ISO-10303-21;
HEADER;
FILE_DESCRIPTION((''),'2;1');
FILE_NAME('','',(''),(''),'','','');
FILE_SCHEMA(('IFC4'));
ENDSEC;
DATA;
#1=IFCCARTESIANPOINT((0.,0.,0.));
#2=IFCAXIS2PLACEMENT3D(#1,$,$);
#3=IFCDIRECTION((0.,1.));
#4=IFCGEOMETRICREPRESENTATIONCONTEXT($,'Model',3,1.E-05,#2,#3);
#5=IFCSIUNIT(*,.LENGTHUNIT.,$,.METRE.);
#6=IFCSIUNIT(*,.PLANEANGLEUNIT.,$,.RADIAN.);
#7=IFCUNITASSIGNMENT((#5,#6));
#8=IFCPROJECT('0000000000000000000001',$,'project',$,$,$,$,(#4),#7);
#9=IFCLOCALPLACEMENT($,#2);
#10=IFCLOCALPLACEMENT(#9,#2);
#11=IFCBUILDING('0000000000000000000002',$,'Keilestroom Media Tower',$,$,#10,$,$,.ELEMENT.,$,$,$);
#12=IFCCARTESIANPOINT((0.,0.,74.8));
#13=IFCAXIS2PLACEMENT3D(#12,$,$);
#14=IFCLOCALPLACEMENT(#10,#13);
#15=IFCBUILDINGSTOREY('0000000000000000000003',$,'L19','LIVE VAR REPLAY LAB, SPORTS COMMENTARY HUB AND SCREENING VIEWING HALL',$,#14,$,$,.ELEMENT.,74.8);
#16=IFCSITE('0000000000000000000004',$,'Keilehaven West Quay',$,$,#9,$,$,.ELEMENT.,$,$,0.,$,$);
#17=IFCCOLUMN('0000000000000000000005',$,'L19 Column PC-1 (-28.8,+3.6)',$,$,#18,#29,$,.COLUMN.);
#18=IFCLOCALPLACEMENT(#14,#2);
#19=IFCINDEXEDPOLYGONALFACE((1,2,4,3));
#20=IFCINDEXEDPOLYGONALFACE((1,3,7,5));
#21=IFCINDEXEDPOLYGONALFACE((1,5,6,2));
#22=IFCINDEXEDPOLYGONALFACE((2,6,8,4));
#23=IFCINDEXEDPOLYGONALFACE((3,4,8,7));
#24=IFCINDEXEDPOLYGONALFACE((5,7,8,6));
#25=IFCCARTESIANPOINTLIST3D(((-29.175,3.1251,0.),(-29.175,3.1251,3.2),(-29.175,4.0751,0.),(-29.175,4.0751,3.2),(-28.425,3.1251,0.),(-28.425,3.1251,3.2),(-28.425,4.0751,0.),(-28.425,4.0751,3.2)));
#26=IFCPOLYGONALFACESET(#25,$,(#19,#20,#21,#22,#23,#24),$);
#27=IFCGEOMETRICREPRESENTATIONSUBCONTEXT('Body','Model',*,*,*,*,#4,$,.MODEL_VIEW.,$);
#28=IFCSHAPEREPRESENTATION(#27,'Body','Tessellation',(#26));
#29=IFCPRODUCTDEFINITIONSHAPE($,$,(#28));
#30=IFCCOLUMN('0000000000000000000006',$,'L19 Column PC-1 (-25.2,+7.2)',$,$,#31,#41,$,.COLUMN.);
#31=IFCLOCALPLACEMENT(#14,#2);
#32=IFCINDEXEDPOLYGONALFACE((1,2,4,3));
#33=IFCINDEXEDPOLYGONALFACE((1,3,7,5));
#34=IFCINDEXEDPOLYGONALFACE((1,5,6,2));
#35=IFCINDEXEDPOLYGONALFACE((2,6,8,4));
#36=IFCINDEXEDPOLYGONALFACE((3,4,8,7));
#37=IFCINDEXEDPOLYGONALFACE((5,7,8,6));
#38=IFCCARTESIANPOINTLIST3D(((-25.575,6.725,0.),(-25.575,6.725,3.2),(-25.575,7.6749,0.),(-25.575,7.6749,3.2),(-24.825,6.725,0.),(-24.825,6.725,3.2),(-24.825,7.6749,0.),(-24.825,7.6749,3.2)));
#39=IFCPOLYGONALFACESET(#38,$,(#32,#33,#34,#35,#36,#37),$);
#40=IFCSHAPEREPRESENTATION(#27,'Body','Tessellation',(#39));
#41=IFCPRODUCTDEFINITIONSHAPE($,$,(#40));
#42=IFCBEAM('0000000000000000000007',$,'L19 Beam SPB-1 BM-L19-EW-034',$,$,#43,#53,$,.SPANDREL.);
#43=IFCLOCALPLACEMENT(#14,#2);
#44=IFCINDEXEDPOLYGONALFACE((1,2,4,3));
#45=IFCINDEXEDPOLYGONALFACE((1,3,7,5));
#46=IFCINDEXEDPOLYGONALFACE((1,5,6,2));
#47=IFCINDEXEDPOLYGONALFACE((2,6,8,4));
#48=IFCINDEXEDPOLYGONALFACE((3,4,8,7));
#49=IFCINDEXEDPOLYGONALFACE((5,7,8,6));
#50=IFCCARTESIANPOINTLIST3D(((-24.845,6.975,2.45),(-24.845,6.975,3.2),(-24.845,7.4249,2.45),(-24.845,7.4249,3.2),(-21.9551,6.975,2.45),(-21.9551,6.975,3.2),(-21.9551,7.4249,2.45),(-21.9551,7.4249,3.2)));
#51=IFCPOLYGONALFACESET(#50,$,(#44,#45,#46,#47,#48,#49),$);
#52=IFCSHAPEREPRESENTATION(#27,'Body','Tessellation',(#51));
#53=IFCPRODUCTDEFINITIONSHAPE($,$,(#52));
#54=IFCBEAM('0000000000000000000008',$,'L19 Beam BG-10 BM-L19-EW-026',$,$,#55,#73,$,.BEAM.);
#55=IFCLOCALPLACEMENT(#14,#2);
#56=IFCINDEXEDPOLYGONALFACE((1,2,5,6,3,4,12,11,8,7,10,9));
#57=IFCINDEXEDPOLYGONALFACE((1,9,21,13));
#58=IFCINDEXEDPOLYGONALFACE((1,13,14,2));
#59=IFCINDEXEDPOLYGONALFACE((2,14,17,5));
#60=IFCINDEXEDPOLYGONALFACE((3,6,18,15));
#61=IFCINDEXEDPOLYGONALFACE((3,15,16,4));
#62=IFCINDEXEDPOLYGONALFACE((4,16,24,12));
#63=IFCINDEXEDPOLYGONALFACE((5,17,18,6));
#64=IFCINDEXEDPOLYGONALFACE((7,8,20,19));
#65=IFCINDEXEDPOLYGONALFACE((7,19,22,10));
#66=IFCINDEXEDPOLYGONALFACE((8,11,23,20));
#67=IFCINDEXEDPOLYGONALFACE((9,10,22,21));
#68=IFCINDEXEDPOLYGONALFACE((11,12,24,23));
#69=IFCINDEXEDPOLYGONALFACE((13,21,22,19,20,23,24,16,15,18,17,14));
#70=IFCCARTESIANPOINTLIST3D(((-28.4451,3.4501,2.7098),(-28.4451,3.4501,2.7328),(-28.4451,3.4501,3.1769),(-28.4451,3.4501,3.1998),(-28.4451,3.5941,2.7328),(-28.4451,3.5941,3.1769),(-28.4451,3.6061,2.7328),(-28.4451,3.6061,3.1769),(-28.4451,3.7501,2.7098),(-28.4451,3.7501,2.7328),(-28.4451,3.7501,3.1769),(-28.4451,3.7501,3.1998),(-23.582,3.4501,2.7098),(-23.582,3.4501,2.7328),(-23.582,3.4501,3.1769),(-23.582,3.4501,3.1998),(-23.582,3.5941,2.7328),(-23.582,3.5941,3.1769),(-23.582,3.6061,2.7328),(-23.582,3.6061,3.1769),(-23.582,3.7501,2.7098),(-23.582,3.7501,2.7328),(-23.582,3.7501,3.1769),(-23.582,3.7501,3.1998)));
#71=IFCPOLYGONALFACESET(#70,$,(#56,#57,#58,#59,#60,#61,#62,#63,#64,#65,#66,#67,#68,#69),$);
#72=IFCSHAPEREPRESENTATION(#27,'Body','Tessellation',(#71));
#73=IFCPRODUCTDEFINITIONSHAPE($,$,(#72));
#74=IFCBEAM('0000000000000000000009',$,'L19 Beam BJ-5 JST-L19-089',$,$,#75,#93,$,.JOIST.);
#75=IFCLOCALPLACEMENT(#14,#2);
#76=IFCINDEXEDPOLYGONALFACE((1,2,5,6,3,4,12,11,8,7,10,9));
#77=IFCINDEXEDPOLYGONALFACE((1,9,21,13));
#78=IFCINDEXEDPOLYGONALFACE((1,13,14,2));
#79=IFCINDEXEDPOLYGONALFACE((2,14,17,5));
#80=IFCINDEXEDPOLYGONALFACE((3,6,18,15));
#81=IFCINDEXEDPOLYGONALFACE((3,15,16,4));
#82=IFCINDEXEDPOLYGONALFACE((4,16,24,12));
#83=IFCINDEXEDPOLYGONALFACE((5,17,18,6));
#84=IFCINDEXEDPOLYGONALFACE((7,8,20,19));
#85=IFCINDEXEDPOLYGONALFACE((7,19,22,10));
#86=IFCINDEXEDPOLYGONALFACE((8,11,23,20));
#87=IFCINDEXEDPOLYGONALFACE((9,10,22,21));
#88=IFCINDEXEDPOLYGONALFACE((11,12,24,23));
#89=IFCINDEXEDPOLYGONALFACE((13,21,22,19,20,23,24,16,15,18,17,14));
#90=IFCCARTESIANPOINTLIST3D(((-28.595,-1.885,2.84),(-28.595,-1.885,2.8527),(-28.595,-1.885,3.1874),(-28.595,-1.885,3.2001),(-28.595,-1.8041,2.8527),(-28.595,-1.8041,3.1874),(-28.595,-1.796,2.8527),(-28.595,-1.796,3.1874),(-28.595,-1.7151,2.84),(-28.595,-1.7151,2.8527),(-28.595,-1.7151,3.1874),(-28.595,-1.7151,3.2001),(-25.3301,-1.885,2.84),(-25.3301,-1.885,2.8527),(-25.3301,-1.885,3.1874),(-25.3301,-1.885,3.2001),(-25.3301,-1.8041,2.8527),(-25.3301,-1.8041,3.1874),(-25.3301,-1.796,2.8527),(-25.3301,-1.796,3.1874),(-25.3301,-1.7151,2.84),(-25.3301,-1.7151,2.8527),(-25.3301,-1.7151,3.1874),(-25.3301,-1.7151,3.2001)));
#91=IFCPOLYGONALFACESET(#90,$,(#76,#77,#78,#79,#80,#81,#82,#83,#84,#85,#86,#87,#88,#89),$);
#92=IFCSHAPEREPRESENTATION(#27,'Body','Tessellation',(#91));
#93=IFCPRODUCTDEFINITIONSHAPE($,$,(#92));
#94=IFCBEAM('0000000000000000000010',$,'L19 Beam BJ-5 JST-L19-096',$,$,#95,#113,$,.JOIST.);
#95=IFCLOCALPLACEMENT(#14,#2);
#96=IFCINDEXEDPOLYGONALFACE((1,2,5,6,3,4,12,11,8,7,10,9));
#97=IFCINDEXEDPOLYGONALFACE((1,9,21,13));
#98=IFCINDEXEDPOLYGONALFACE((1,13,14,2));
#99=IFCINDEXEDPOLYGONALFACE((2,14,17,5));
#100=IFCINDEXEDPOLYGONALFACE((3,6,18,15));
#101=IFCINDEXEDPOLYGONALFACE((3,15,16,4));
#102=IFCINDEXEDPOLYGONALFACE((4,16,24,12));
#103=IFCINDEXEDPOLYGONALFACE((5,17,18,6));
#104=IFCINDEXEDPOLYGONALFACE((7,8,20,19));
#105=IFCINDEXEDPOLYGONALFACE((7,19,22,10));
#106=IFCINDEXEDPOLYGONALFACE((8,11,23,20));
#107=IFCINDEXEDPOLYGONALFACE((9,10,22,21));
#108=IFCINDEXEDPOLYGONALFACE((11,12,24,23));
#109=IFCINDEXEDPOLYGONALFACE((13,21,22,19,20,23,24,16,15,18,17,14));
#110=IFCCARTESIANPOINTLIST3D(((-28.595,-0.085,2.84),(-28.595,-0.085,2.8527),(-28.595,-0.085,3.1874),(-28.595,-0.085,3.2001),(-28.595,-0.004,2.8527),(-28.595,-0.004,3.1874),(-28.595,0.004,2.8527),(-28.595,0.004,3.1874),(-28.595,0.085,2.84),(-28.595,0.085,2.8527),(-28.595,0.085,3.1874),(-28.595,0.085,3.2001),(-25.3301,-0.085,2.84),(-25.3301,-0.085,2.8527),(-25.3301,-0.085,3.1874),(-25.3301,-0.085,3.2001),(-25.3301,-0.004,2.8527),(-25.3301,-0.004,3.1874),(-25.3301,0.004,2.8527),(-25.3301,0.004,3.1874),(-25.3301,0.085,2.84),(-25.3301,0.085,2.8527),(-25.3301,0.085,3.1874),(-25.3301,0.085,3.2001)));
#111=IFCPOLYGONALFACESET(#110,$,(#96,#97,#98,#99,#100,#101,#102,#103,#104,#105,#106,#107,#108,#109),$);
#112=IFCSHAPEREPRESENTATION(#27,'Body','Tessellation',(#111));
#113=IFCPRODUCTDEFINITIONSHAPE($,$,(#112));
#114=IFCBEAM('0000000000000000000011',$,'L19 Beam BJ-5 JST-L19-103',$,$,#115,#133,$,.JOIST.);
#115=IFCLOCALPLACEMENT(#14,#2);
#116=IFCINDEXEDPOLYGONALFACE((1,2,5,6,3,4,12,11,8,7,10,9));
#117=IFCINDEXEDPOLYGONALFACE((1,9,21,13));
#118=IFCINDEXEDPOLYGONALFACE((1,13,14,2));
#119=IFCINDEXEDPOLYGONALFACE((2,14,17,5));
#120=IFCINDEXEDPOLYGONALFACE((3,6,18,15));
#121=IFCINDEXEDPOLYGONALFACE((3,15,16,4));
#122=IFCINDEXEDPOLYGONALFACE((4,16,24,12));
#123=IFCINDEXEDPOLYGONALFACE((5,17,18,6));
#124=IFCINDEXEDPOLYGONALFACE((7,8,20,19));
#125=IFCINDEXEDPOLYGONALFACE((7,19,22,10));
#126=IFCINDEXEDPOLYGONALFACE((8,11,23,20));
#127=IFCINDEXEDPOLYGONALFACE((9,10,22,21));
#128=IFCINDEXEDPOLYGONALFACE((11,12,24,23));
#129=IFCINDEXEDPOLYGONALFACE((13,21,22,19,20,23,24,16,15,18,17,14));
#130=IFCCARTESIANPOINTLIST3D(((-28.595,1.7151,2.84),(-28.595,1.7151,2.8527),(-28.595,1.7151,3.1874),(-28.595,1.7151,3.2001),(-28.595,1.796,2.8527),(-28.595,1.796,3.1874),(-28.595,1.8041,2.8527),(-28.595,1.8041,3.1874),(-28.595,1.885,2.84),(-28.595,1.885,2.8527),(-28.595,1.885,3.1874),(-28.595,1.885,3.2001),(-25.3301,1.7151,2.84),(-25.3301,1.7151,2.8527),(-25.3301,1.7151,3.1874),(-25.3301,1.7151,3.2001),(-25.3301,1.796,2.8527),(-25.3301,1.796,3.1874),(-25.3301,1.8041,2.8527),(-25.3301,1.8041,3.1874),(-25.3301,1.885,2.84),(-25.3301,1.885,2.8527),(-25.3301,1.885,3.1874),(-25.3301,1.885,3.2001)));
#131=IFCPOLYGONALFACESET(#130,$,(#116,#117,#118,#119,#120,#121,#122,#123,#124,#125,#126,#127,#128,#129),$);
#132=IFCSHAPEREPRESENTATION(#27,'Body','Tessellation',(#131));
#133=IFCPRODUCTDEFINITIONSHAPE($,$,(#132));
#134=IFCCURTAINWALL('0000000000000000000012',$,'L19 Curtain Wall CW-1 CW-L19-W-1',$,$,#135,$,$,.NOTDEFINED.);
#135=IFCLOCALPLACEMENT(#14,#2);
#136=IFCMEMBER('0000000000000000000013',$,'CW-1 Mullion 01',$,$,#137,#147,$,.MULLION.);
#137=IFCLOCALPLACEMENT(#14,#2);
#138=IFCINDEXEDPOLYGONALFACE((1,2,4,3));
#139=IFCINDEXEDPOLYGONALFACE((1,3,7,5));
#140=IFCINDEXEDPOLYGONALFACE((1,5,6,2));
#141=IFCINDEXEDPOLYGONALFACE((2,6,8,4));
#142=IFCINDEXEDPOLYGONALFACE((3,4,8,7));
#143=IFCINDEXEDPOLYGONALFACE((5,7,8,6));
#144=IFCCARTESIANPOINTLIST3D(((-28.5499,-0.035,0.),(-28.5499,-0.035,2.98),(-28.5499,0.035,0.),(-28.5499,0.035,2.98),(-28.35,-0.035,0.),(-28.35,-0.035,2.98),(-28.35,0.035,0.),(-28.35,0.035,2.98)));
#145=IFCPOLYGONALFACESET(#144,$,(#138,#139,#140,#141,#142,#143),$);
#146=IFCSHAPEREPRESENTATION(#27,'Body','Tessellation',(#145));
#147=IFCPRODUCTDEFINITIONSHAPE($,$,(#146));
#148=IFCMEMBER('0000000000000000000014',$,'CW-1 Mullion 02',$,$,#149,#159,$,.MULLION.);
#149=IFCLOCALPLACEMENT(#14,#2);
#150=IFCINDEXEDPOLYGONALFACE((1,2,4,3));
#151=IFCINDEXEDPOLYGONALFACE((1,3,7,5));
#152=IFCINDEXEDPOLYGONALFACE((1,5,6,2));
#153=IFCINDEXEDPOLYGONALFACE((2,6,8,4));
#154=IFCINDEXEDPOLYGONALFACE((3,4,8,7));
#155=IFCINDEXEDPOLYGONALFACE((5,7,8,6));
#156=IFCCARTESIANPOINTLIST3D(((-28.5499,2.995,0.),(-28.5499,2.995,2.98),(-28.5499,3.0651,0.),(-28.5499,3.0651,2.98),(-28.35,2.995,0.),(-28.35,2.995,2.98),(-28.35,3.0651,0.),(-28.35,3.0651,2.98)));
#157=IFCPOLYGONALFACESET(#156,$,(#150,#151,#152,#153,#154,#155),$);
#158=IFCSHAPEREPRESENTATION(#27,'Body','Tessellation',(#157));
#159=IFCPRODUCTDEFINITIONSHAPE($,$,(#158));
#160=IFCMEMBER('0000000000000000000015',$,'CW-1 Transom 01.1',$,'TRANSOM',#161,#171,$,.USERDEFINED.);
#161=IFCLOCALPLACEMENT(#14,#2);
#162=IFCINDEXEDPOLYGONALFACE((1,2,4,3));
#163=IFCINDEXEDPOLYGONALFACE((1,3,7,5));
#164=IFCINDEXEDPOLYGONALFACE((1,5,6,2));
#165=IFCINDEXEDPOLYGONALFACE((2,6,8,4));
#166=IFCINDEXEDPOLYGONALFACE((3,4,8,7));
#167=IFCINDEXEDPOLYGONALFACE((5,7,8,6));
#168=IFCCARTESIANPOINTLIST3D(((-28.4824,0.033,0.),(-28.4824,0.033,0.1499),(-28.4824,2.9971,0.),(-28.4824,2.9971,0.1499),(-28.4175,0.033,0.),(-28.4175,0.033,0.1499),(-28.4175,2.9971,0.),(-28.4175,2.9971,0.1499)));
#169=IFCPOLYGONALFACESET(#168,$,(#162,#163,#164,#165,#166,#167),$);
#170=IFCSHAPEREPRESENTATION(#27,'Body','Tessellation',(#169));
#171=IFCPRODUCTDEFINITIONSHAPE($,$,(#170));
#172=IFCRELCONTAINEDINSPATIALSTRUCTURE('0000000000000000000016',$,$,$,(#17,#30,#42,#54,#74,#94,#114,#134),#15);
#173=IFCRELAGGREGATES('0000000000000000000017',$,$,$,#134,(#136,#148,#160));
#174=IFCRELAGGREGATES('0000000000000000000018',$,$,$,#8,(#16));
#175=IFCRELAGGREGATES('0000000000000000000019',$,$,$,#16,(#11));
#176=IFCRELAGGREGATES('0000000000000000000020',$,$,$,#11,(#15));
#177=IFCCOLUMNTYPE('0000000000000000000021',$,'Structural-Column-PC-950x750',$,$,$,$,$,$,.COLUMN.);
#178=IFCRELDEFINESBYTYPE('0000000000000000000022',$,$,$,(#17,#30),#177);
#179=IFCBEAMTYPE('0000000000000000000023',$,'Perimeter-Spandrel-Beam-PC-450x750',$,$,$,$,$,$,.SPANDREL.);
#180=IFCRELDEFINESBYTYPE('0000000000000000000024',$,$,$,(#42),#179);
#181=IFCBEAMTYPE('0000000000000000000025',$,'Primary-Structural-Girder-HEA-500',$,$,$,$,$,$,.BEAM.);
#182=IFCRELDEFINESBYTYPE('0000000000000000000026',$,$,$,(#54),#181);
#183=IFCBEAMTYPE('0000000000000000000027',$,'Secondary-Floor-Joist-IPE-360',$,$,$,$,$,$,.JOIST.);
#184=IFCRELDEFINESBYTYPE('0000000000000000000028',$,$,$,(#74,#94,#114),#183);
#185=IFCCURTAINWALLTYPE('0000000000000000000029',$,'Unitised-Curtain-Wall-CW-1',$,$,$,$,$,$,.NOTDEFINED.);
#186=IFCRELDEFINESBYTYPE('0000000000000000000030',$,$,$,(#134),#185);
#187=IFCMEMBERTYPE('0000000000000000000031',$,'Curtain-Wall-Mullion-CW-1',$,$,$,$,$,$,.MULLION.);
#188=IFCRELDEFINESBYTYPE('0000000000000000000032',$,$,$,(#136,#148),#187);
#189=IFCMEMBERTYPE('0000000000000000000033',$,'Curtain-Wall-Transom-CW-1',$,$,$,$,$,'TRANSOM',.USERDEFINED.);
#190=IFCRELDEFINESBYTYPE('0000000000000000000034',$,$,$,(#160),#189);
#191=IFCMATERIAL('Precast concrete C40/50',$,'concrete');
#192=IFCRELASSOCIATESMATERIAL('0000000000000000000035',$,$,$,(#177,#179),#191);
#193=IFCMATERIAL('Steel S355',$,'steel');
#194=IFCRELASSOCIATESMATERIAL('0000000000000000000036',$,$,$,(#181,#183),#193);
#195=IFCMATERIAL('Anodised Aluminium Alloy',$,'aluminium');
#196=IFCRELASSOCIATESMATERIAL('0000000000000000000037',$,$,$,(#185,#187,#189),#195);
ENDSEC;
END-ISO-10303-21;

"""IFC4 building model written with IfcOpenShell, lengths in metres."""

from ifc_helpers import new_model, si_unit, direction, frame, origin, origin_2d, place, context, subcontext, project, spatial, rectangle, i_section, extrude, source, transform, mapped, material, material_profile, profile_set, type_object, element, aggregate, save


model = new_model("IFC4")

# Units and contexts
model_context = context("Model", 3, precision=1e-05, world=origin(), true_north=direction((0.0, 1.0)))
body_context = subcontext(model_context, "Body", "Model", "MODEL_VIEW")
ifc_project = project(units=[si_unit("LENGTHUNIT", "METRE"), si_unit("PLANEANGLEUNIT", "RADIAN")], contexts=[model_context])

# Site, building, storey
site_placement = place(None, origin())
site = spatial("IfcSite", under=ifc_project, at=site_placement, Name="Keilehaven West Quay", CompositionType="ELEMENT", RefElevation=0.0)
building_placement = place(site_placement, origin())
building = spatial("IfcBuilding", under=site, at=building_placement, Name="Keilestroom Media Tower", CompositionType="ELEMENT")
storey_placement = place(building_placement, frame((0.0, 0.0, 74.8)))
storey = spatial("IfcBuildingStorey", under=building, at=storey_placement, Name="L19", Description="LIVE VAR REPLAY LAB, SPORTS COMMENTARY HUB AND SCREENING VIEWING HALL", CompositionType="ELEMENT", Elevation=74.8)

# Columns
ifc_material_1 = material(Name="Precast concrete C40/50", Category="concrete")
ifc_material_profile_1 = material_profile(ifc_material_1, rectangle(XDim=0.75, YDim=0.95, at=origin_2d()), Name="PC 950x750")
ifc_profile_set_1 = profile_set([ifc_material_profile_1], Name="Precast concrete C40/50")
column_type = type_object("IfcColumnType", Name="Structural-Column-PC-950x750", PredefinedType="COLUMN", material=ifc_profile_set_1)
shared_shape_1 = source(origin(), body_context, "Body", "SweptSolid", [
    extrude(rectangle(XDim=0.75, YDim=0.95, at=origin_2d()), origin(), (0.0, 0.0, 1.0), 3.2),
])
for number, where, z_axis, x_axis, name in (
    (1, (-28.8, 3.6001, 0.0), (0.0, 0.0, 1.0), (1.0, 0.0, 0.0), "L19 Column PC-1 (-28.8,+3.6)"),
    (2, (-25.2, 7.2, 0.0), (0.0, 0.0, 1.0), (1.0, 0.0, 0.0), "L19 Column PC-1 (-25.2,+7.2)"),
):
    element("IfcColumn", number, at=place(storey_placement, frame(where, z_axis=z_axis, x_axis=x_axis)), inside=storey, type_object=column_type, Name=name, PredefinedType="COLUMN", context=body_context, shape_type="MappedRepresentation", body=[
        mapped(shared_shape_1, transform((0.0, 0.0, 0.0), x_axis=(1.0, 0.0, 0.0), y_axis=(0.0, 1.0, 0.0), z_axis=(0.0, 0.0, 1.0), scale=1.0)),
    ])

# Beams
ifc_material_profile_2 = material_profile(ifc_material_1, rectangle(XDim=0.45, YDim=0.75, at=origin_2d()), Name="PC 450x750")
ifc_profile_set_2 = profile_set([ifc_material_profile_2], Name="Precast concrete C40/50")
beam_type_1 = type_object("IfcBeamType", Name="Perimeter-Spandrel-Beam-PC-450x750", PredefinedType="SPANDREL", material=ifc_profile_set_2)
shared_shape_2 = source(origin(), body_context, "Body", "SweptSolid", [
    extrude(rectangle(XDim=0.45, YDim=0.75, at=origin_2d()), origin(), (0.0, 0.0, 1.0), 2.8899),
])
beam_1_placement = place(storey_placement, frame((-24.845, 7.2, 2.825), z_axis=(1.0, 0.0, 0.0), x_axis=(0.0, 1.0, 0.0)))
element("IfcBeam", 3, at=beam_1_placement, inside=storey, type_object=beam_type_1, Name="L19 Beam SPB-1 BM-L19-EW-034", PredefinedType="SPANDREL", context=body_context, shape_type="MappedRepresentation", body=[
    mapped(shared_shape_2, transform((0.0, 0.0, 0.0), x_axis=(1.0, 0.0, 0.0), y_axis=(0.0, 1.0, 0.0), z_axis=(0.0, 0.0, 1.0), scale=1.0)),
])
ifc_material_2 = material(Name="Steel S355", Category="steel")
ifc_material_profile_3 = material_profile(ifc_material_2, i_section(OverallWidth=0.3, OverallDepth=0.49, WebThickness=0.012, FlangeThickness=0.0229, at=origin_2d()), Name="HEA 500")
ifc_profile_set_3 = profile_set([ifc_material_profile_3], Name="Steel S355")
beam_type_2 = type_object("IfcBeamType", Name="Primary-Structural-Girder-HEA-500", PredefinedType="BEAM", material=ifc_profile_set_3)
shared_shape_3 = source(origin(), body_context, "Body", "SweptSolid", [
    extrude(i_section(OverallWidth=0.3, OverallDepth=0.49, WebThickness=0.012, FlangeThickness=0.0229, at=origin_2d()), origin(), (0.0, 0.0, 1.0), 4.863),
])
beam_2_placement = place(storey_placement, frame((-28.4451, 3.6001, 2.9548), z_axis=(1.0, 0.0, 0.0), x_axis=(0.0, 1.0, 0.0)))
element("IfcBeam", 4, at=beam_2_placement, inside=storey, type_object=beam_type_2, Name="L19 Beam BG-10 BM-L19-EW-026", PredefinedType="BEAM", context=body_context, shape_type="MappedRepresentation", body=[
    mapped(shared_shape_3, transform((0.0, 0.0, 0.0), x_axis=(1.0, 0.0, 0.0), y_axis=(0.0, 1.0, 0.0), z_axis=(0.0, 0.0, 1.0), scale=1.0)),
])
ifc_material_profile_4 = material_profile(ifc_material_2, i_section(OverallWidth=0.1699, OverallDepth=0.3601, WebThickness=0.0081, FlangeThickness=0.0127, at=origin_2d()), Name="IPE 360")
ifc_profile_set_4 = profile_set([ifc_material_profile_4], Name="Steel S355")
beam_type_3 = type_object("IfcBeamType", Name="Secondary-Floor-Joist-IPE-360", PredefinedType="JOIST", material=ifc_profile_set_4)
shared_shape_4 = source(origin(), body_context, "Body", "SweptSolid", [
    extrude(i_section(OverallWidth=0.1699, OverallDepth=0.3601, WebThickness=0.0081, FlangeThickness=0.0127, at=origin_2d()), origin(), (0.0, 0.0, 1.0), 3.2649),
])
for number, where, z_axis, x_axis, name in (
    (5, (-28.595, -1.8, 3.02), (1.0, 0.0, 0.0), (0.0, 1.0, 0.0), "L19 Beam BJ-5 JST-L19-089"),
    (6, (-28.595, 0.0, 3.02), (1.0, 0.0, 0.0), (0.0, 1.0, 0.0), "L19 Beam BJ-5 JST-L19-096"),
    (7, (-28.595, 1.8, 3.02), (1.0, 0.0, 0.0), (0.0, 1.0, 0.0), "L19 Beam BJ-5 JST-L19-103"),
):
    element("IfcBeam", number, at=place(storey_placement, frame(where, z_axis=z_axis, x_axis=x_axis)), inside=storey, type_object=beam_type_3, Name=name, PredefinedType="JOIST", context=body_context, shape_type="MappedRepresentation", body=[
        mapped(shared_shape_4, transform((0.0, 0.0, 0.0), x_axis=(1.0, 0.0, 0.0), y_axis=(0.0, 1.0, 0.0), z_axis=(0.0, 0.0, 1.0), scale=1.0)),
    ])

# Curtain wall, members
ifc_material_3 = material(Name="Anodised Aluminium Alloy", Category="aluminium")
curtain_wall_type = type_object("IfcCurtainWallType", Name="Unitised-Curtain-Wall-CW-1", PredefinedType="NOTDEFINED", material=ifc_material_3)
curtain_wall_placement = place(storey_placement, origin())
curtain_wall = element("IfcCurtainWall", 8, at=curtain_wall_placement, inside=storey, type_object=curtain_wall_type, Name="L19 Curtain Wall CW-1 CW-L19-W-1", PredefinedType="NOTDEFINED")
ifc_material_profile_5 = material_profile(ifc_material_3, rectangle(XDim=0.0701, YDim=0.2, at=origin_2d()), Name="ALU MULLION 70x200")
ifc_profile_set_5 = profile_set([ifc_material_profile_5], Name="Anodised Aluminium Alloy")
member_type_1 = type_object("IfcMemberType", Name="Curtain-Wall-Mullion-CW-1", PredefinedType="MULLION", material=ifc_profile_set_5)
shared_shape_5 = source(origin(), body_context, "Body", "SweptSolid", [
    extrude(rectangle(XDim=0.0701, YDim=0.2, at=origin_2d()), origin(), (0.0, 0.0, 1.0), 2.98),
])
member_1_placement = place(storey_placement, frame((-28.45, 0.0, 0.0), z_axis=(0.0, 0.0, 1.0), x_axis=(0.0, 1.0, 0.0)))
member_1 = element("IfcMember", 9, at=member_1_placement, type_object=member_type_1, Name="CW-1 Mullion 01", PredefinedType="MULLION", context=body_context, shape_type="MappedRepresentation", body=[
    mapped(shared_shape_5, transform((0.0, 0.0, 0.0), x_axis=(1.0, 0.0, 0.0), y_axis=(0.0, 1.0, 0.0), z_axis=(0.0, 0.0, 1.0), scale=1.0)),
])
member_2_placement = place(storey_placement, frame((-28.45, 3.03, 0.0), z_axis=(0.0, 0.0, 1.0), x_axis=(0.0, 1.0, 0.0)))
member_2 = element("IfcMember", 10, at=member_2_placement, type_object=member_type_1, Name="CW-1 Mullion 02", PredefinedType="MULLION", context=body_context, shape_type="MappedRepresentation", body=[
    mapped(shared_shape_5, transform((0.0, 0.0, 0.0), x_axis=(1.0, 0.0, 0.0), y_axis=(0.0, 1.0, 0.0), z_axis=(0.0, 0.0, 1.0), scale=1.0)),
])
ifc_material_profile_6 = material_profile(ifc_material_3, rectangle(XDim=0.0649, YDim=0.1499, at=origin_2d()), Name="ALU TRANSOM 65x150")
ifc_profile_set_6 = profile_set([ifc_material_profile_6], Name="Anodised Aluminium Alloy")
member_type_2 = type_object("IfcMemberType", Name="Curtain-Wall-Transom-CW-1", ElementType="TRANSOM", PredefinedType="USERDEFINED", material=ifc_profile_set_6)
shared_shape_6 = source(origin(), body_context, "Body", "SweptSolid", [
    extrude(rectangle(XDim=0.0649, YDim=0.1499, at=origin_2d()), origin(), (0.0, 0.0, 1.0), 2.9641),
])
member_3_placement = place(storey_placement, frame((-28.45, 0.033, 0.075), z_axis=(0.0, 1.0, 0.0), x_axis=(-1.0, 0.0, 0.0)))
member_3 = element("IfcMember", 11, at=member_3_placement, type_object=member_type_2, Name="CW-1 Transom 01.1", ObjectType="TRANSOM", PredefinedType="USERDEFINED", context=body_context, shape_type="MappedRepresentation", body=[
    mapped(shared_shape_6, transform((0.0, 0.0, 0.0), x_axis=(1.0, 0.0, 0.0), y_axis=(0.0, 1.0, 0.0), z_axis=(0.0, 0.0, 1.0), scale=1.0)),
])
aggregate(curtain_wall, [member_1, member_2, member_3])

save(model, "model.ifc")
